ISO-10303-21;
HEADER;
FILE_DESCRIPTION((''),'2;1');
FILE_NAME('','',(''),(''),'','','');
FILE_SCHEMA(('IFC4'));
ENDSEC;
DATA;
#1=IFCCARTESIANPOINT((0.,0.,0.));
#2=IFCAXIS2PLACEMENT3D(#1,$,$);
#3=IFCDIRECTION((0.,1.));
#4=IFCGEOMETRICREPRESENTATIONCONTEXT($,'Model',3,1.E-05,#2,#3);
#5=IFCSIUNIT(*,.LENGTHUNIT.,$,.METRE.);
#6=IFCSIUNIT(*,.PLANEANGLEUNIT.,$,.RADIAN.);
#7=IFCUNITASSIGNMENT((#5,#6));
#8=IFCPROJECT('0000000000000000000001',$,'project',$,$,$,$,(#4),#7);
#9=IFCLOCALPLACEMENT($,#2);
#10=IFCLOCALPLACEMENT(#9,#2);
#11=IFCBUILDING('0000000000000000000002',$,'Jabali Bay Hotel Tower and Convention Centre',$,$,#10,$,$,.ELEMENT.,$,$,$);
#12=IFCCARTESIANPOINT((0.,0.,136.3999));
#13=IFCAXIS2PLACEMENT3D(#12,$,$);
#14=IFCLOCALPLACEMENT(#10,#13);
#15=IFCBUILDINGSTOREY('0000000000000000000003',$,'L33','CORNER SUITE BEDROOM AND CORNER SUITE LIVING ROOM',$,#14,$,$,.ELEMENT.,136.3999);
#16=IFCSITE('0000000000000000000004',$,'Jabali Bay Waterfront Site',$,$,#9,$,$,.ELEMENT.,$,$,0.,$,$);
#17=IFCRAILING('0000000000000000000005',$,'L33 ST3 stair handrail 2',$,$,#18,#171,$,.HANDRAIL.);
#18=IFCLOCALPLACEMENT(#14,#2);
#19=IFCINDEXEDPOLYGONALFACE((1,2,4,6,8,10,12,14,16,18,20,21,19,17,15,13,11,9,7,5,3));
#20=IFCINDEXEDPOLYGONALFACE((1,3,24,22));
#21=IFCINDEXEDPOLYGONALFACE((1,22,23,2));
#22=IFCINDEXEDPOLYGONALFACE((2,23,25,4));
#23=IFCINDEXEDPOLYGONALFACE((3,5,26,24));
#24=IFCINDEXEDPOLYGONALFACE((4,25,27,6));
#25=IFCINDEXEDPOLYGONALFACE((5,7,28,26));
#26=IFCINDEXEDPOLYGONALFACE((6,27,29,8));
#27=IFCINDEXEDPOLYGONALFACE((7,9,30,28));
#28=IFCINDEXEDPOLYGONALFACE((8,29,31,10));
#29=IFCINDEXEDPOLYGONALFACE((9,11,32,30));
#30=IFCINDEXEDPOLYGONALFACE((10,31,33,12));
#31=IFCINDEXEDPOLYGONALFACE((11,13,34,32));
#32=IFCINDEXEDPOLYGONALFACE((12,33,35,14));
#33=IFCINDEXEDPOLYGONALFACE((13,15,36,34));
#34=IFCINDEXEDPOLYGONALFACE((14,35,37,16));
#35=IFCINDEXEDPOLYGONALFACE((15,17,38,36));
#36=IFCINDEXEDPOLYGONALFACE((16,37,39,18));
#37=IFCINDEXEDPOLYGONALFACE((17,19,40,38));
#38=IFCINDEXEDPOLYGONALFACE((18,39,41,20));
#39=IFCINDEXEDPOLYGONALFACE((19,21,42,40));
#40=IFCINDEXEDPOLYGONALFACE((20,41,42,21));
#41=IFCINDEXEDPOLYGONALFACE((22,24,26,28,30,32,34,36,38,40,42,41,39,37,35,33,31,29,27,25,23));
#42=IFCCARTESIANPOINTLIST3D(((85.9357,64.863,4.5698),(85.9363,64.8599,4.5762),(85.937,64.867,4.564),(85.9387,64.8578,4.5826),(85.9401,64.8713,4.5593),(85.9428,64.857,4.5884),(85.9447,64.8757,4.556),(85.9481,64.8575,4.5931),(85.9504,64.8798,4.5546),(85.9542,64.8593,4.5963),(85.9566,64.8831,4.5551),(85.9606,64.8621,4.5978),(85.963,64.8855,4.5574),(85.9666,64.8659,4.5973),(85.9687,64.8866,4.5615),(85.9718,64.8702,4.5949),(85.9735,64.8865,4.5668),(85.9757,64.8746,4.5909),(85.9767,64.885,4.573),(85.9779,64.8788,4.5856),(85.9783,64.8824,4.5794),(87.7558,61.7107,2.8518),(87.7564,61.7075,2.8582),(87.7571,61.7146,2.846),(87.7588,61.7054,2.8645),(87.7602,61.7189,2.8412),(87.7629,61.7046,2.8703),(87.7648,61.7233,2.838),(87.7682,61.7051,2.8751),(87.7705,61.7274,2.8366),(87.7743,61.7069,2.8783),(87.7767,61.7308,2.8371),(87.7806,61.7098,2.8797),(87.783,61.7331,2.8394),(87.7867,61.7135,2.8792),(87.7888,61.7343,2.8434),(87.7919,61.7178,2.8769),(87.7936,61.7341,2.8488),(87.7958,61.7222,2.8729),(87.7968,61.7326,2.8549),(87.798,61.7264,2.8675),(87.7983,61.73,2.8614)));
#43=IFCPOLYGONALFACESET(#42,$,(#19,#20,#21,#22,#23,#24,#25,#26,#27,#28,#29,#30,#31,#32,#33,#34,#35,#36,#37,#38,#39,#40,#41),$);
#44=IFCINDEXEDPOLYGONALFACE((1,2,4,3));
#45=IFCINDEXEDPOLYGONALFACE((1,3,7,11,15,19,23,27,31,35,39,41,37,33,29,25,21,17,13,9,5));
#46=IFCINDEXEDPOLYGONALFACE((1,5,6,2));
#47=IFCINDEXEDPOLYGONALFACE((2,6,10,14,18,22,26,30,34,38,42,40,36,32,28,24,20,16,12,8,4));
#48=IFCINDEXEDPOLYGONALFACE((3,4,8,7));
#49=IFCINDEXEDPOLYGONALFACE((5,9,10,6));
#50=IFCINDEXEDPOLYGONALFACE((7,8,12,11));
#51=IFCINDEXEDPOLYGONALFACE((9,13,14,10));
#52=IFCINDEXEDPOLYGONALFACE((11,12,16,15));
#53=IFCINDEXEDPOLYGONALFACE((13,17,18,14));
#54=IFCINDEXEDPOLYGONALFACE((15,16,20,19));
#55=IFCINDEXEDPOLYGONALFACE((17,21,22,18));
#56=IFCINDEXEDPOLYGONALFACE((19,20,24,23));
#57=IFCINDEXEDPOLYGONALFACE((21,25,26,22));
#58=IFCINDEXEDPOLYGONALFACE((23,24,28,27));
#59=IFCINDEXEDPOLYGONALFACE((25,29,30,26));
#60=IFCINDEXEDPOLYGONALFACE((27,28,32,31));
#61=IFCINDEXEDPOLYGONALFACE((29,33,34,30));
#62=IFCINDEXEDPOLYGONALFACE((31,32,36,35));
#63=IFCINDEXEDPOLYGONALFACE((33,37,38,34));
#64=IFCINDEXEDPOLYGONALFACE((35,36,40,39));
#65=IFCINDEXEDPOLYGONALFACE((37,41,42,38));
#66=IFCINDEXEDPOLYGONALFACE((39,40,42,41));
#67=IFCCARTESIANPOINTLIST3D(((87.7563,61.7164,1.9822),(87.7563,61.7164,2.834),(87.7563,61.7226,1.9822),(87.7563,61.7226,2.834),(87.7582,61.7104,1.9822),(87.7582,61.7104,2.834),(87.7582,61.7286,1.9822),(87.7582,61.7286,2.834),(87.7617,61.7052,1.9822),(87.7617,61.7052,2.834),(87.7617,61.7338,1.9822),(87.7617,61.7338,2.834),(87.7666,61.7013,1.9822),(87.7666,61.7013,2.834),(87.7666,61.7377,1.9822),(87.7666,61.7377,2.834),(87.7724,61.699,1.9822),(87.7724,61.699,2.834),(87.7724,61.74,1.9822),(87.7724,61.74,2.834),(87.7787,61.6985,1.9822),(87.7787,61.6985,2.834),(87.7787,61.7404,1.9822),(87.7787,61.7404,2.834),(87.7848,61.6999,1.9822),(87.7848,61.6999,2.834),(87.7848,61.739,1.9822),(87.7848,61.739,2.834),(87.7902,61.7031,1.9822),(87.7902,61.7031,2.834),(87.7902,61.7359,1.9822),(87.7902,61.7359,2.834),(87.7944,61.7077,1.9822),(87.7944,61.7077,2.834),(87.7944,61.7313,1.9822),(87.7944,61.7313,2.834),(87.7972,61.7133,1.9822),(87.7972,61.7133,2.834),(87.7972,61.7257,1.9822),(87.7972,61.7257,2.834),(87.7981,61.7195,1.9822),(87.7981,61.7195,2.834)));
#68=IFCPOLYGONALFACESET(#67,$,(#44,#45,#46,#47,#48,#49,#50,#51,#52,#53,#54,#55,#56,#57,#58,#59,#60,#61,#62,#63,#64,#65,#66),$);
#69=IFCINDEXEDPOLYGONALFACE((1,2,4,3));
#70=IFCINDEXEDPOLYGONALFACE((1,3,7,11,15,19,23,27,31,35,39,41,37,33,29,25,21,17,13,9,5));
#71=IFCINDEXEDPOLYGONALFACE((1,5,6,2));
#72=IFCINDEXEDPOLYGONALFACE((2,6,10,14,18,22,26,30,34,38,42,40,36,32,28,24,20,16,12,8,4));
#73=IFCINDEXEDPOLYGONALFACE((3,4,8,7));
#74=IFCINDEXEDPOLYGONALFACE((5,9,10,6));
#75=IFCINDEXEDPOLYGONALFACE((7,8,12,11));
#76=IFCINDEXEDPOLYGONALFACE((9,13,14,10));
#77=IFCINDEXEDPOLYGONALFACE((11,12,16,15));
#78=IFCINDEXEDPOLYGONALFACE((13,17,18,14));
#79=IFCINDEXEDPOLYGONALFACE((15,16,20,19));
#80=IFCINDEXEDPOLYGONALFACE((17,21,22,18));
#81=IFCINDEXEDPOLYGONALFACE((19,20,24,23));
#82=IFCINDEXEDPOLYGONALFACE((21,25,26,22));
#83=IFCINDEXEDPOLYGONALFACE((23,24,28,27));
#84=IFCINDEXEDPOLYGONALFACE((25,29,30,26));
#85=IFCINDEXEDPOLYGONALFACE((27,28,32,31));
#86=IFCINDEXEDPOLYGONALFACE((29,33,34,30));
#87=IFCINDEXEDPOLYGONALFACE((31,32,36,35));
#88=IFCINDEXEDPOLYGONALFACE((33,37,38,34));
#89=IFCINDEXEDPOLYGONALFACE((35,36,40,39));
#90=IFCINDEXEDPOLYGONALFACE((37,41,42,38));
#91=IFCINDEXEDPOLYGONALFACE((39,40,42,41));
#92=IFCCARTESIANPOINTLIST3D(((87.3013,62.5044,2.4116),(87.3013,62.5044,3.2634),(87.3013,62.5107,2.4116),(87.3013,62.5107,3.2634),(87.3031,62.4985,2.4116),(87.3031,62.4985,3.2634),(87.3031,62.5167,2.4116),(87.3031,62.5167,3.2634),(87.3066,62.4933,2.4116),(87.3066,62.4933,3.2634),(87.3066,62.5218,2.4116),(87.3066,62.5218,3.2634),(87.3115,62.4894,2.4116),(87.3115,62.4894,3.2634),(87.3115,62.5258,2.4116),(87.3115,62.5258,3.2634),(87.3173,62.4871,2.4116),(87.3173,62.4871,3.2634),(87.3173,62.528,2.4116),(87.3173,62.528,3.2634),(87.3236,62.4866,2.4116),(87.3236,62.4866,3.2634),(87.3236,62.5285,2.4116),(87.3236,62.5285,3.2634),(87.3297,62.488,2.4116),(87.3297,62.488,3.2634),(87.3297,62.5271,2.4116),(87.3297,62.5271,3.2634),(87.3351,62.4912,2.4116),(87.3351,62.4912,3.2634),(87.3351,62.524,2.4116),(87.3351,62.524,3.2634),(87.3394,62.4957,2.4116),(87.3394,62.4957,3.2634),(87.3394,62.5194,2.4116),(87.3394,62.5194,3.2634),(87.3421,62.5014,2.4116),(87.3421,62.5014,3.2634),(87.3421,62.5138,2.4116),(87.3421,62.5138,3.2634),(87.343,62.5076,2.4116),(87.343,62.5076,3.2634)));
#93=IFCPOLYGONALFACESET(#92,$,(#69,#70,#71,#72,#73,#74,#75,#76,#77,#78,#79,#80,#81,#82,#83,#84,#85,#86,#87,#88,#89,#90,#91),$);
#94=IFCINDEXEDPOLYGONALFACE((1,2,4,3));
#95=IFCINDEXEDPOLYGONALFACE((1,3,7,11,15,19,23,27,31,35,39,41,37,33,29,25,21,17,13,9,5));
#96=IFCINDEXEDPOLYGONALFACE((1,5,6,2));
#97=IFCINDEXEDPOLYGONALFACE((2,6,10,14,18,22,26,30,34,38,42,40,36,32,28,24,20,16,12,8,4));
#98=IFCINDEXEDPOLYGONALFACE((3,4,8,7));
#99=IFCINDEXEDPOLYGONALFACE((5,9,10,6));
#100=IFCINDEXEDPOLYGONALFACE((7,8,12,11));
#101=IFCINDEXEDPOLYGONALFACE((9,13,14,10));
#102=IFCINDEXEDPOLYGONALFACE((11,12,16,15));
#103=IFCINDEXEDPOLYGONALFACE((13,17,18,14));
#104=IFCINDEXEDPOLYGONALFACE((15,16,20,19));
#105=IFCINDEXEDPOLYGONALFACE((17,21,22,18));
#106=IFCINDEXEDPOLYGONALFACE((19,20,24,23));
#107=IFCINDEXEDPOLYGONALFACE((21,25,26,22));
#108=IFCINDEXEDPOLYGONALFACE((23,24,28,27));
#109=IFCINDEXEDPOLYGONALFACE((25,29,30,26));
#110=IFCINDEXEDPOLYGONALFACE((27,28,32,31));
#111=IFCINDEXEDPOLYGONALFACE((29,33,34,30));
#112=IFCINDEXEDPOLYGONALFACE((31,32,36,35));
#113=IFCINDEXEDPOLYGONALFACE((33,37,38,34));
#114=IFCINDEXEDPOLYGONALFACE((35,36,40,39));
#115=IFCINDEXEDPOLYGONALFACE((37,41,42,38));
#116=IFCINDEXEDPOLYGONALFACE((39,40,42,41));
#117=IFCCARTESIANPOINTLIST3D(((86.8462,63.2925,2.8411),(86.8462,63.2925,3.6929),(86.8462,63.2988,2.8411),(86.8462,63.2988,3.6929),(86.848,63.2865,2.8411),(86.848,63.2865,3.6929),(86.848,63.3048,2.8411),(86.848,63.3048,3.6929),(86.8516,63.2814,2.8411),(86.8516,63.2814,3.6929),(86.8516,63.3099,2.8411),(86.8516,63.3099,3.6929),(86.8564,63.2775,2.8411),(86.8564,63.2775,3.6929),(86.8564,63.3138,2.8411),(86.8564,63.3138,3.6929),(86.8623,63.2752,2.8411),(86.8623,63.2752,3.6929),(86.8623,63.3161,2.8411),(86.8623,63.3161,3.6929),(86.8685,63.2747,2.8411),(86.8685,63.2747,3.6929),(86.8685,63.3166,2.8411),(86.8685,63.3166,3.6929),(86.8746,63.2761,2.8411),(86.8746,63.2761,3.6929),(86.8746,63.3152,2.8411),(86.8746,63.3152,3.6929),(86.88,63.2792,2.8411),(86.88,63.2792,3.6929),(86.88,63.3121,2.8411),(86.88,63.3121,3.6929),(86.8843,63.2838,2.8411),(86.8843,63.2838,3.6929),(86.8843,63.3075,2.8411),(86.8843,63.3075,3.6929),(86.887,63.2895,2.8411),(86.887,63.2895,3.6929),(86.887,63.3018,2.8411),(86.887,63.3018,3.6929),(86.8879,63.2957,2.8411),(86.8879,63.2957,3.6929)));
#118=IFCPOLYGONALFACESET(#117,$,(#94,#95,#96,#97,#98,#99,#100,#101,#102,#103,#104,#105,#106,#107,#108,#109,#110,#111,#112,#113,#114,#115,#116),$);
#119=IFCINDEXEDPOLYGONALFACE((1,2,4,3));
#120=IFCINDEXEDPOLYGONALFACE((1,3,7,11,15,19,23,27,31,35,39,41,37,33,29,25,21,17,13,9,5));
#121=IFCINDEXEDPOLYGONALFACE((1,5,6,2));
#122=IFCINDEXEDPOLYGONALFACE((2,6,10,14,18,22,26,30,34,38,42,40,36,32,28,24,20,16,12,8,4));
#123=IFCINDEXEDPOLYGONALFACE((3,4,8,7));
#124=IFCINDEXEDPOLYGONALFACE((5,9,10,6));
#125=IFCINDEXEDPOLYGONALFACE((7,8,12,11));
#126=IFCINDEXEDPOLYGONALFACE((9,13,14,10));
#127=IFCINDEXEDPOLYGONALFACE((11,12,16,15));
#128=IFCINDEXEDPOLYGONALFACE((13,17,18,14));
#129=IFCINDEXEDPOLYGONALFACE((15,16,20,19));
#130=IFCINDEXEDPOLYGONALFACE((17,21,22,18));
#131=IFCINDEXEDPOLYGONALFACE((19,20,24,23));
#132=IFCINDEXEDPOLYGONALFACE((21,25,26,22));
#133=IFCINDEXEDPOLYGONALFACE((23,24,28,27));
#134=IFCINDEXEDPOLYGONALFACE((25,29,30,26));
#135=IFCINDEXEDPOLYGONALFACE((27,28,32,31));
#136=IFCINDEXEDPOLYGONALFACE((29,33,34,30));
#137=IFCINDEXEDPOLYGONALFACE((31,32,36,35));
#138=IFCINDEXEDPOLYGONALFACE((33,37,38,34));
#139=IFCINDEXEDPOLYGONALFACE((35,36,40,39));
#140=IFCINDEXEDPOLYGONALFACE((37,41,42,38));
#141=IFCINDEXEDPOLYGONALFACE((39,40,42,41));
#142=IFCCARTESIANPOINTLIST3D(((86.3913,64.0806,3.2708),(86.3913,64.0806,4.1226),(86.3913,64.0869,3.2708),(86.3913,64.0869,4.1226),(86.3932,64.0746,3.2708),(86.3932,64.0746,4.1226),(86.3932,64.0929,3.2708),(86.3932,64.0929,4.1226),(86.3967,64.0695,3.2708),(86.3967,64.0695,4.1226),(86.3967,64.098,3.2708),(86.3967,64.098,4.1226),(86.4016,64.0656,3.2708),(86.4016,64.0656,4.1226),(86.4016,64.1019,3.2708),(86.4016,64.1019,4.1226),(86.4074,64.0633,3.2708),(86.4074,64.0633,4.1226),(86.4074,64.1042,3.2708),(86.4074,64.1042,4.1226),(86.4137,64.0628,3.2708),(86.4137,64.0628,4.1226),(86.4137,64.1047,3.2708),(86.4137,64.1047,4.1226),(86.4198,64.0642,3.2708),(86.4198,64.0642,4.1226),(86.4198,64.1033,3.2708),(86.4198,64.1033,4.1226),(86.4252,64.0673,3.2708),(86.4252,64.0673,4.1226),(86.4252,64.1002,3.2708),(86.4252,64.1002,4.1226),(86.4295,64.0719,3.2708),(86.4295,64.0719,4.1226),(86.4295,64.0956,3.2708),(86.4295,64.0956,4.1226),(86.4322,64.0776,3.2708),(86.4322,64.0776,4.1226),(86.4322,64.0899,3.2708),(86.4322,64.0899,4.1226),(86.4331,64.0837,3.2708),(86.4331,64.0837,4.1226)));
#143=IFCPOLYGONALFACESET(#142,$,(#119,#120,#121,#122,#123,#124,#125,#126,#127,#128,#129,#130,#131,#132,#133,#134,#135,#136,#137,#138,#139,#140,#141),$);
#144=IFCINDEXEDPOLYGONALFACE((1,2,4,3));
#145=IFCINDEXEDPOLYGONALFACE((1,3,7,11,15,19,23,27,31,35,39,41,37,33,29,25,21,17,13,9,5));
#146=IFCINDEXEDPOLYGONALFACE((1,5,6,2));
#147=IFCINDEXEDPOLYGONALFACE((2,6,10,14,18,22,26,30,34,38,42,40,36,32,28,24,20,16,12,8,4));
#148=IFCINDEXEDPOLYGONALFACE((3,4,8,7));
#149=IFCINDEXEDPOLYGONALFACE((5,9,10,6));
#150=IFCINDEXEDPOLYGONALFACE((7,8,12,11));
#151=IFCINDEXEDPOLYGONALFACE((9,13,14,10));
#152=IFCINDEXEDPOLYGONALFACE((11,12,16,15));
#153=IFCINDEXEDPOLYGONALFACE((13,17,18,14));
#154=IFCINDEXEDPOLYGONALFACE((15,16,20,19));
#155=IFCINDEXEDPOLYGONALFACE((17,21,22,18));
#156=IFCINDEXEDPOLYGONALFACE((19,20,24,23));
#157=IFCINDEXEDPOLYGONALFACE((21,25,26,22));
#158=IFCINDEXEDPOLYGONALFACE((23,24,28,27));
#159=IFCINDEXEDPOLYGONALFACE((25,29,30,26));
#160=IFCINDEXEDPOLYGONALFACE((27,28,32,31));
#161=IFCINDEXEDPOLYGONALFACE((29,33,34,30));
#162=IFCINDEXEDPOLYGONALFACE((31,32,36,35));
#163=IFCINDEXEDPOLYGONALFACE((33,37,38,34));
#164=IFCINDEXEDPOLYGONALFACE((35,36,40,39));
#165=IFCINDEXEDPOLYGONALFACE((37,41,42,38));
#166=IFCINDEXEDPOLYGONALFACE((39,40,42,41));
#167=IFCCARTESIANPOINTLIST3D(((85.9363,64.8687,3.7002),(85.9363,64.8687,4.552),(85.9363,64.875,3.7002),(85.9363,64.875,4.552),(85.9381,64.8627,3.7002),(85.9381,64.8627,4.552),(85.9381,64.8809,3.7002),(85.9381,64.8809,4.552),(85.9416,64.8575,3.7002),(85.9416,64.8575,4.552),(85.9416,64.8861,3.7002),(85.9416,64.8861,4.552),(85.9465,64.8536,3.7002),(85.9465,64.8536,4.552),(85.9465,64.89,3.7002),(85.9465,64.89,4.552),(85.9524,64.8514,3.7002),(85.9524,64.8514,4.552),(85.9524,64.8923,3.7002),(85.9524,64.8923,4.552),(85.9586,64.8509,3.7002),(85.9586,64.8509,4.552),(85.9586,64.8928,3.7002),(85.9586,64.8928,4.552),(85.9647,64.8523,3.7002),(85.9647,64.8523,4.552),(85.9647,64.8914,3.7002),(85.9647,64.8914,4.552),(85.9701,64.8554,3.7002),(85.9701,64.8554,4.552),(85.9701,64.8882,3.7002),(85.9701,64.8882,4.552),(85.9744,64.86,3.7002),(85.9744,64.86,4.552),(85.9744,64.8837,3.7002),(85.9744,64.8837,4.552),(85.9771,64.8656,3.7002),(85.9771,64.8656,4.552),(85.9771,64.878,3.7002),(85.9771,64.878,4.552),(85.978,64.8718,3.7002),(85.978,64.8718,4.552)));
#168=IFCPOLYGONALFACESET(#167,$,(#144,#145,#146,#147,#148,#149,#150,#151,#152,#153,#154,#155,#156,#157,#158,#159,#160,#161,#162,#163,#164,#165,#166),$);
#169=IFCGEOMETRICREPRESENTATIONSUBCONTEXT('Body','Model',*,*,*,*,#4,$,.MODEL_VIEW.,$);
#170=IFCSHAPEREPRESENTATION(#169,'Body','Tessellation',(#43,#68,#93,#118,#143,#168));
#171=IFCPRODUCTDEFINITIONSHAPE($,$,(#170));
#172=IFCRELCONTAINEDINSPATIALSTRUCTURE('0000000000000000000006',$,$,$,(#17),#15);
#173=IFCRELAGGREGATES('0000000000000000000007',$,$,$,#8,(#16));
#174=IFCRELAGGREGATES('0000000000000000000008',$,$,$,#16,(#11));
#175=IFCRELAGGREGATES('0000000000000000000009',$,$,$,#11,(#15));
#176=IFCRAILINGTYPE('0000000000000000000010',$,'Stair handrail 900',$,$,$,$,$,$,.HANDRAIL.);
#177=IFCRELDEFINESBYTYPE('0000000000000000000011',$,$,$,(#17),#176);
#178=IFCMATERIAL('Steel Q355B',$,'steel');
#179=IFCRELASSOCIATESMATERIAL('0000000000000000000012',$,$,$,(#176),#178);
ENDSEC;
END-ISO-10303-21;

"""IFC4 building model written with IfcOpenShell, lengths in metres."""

from ifc_helpers import new_model, si_unit, direction, frame, origin, origin_2d, place, context, subcontext, project, spatial, circle, extrude, material, type_object, element, save


model = new_model("IFC4")

# Units and contexts
model_context = context("Model", 3, precision=1e-05, world=origin(), true_north=direction((0.0, 1.0)))
body_context = subcontext(model_context, "Body", "Model", "MODEL_VIEW")
ifc_project = project(units=[si_unit("LENGTHUNIT", "METRE"), si_unit("PLANEANGLEUNIT", "RADIAN")], contexts=[model_context])

# Site, building, storey
site_placement = place(None, origin())
site = spatial("IfcSite", under=ifc_project, at=site_placement, Name="Jabali Bay Waterfront Site", CompositionType="ELEMENT", RefElevation=0.0)
building_placement = place(site_placement, origin())
building = spatial("IfcBuilding", under=site, at=building_placement, Name="Jabali Bay Hotel Tower and Convention Centre", CompositionType="ELEMENT")
storey_placement = place(building_placement, frame((0.0, 0.0, 136.3999)))
storey = spatial("IfcBuildingStorey", under=building, at=storey_placement, Name="L33", Description="CORNER SUITE BEDROOM AND CORNER SUITE LIVING ROOM", CompositionType="ELEMENT", Elevation=136.3999)

# Railing
ifc_material_1 = material(Name="Steel Q355B", Category="steel")
railing_type_1 = type_object("IfcRailingType", Name="Stair handrail 900", PredefinedType="HANDRAIL", material=ifc_material_1)
railing_1_placement = place(storey_placement, frame((87.7771, 61.7195, 1.9822)))
element("IfcRailing", 1, at=railing_1_placement, inside=storey, type_object=railing_type_1, Name="L33 ST3 stair handrail 2", PredefinedType="HANDRAIL", context=body_context, shape_type="SweptSolid", body=[
    extrude(circle(Radius=0.0239, at=origin_2d()), frame((0.0, 0.0, 0.876), z_axis=(-0.452179, 0.78317, 0.426825), x_axis=(-0.866018, -0.500013, 0.0)), (0.0, 0.0, 1.0), 4.0251),
    extrude(circle(Radius=0.021, at=origin_2d()), origin(), (0.0, 0.0, 1.0), 0.8518),
    extrude(circle(Radius=0.021, at=origin_2d()), frame((-0.4551, 0.7881, 0.4294)), (0.0, 0.0, 1.0), 0.8518),
    extrude(circle(Radius=0.021, at=origin_2d()), frame((-0.9102, 1.5762, 0.8589)), (0.0, 0.0, 1.0), 0.8518),
    extrude(circle(Radius=0.021, at=origin_2d()), frame((-1.365, 2.3643, 1.2886)), (0.0, 0.0, 1.0), 0.8518),
    extrude(circle(Radius=0.021, at=origin_2d()), frame((-1.8201, 3.1523, 1.718)), (0.0, 0.0, 1.0), 0.8518),
])

save(model, "model.ifc")
